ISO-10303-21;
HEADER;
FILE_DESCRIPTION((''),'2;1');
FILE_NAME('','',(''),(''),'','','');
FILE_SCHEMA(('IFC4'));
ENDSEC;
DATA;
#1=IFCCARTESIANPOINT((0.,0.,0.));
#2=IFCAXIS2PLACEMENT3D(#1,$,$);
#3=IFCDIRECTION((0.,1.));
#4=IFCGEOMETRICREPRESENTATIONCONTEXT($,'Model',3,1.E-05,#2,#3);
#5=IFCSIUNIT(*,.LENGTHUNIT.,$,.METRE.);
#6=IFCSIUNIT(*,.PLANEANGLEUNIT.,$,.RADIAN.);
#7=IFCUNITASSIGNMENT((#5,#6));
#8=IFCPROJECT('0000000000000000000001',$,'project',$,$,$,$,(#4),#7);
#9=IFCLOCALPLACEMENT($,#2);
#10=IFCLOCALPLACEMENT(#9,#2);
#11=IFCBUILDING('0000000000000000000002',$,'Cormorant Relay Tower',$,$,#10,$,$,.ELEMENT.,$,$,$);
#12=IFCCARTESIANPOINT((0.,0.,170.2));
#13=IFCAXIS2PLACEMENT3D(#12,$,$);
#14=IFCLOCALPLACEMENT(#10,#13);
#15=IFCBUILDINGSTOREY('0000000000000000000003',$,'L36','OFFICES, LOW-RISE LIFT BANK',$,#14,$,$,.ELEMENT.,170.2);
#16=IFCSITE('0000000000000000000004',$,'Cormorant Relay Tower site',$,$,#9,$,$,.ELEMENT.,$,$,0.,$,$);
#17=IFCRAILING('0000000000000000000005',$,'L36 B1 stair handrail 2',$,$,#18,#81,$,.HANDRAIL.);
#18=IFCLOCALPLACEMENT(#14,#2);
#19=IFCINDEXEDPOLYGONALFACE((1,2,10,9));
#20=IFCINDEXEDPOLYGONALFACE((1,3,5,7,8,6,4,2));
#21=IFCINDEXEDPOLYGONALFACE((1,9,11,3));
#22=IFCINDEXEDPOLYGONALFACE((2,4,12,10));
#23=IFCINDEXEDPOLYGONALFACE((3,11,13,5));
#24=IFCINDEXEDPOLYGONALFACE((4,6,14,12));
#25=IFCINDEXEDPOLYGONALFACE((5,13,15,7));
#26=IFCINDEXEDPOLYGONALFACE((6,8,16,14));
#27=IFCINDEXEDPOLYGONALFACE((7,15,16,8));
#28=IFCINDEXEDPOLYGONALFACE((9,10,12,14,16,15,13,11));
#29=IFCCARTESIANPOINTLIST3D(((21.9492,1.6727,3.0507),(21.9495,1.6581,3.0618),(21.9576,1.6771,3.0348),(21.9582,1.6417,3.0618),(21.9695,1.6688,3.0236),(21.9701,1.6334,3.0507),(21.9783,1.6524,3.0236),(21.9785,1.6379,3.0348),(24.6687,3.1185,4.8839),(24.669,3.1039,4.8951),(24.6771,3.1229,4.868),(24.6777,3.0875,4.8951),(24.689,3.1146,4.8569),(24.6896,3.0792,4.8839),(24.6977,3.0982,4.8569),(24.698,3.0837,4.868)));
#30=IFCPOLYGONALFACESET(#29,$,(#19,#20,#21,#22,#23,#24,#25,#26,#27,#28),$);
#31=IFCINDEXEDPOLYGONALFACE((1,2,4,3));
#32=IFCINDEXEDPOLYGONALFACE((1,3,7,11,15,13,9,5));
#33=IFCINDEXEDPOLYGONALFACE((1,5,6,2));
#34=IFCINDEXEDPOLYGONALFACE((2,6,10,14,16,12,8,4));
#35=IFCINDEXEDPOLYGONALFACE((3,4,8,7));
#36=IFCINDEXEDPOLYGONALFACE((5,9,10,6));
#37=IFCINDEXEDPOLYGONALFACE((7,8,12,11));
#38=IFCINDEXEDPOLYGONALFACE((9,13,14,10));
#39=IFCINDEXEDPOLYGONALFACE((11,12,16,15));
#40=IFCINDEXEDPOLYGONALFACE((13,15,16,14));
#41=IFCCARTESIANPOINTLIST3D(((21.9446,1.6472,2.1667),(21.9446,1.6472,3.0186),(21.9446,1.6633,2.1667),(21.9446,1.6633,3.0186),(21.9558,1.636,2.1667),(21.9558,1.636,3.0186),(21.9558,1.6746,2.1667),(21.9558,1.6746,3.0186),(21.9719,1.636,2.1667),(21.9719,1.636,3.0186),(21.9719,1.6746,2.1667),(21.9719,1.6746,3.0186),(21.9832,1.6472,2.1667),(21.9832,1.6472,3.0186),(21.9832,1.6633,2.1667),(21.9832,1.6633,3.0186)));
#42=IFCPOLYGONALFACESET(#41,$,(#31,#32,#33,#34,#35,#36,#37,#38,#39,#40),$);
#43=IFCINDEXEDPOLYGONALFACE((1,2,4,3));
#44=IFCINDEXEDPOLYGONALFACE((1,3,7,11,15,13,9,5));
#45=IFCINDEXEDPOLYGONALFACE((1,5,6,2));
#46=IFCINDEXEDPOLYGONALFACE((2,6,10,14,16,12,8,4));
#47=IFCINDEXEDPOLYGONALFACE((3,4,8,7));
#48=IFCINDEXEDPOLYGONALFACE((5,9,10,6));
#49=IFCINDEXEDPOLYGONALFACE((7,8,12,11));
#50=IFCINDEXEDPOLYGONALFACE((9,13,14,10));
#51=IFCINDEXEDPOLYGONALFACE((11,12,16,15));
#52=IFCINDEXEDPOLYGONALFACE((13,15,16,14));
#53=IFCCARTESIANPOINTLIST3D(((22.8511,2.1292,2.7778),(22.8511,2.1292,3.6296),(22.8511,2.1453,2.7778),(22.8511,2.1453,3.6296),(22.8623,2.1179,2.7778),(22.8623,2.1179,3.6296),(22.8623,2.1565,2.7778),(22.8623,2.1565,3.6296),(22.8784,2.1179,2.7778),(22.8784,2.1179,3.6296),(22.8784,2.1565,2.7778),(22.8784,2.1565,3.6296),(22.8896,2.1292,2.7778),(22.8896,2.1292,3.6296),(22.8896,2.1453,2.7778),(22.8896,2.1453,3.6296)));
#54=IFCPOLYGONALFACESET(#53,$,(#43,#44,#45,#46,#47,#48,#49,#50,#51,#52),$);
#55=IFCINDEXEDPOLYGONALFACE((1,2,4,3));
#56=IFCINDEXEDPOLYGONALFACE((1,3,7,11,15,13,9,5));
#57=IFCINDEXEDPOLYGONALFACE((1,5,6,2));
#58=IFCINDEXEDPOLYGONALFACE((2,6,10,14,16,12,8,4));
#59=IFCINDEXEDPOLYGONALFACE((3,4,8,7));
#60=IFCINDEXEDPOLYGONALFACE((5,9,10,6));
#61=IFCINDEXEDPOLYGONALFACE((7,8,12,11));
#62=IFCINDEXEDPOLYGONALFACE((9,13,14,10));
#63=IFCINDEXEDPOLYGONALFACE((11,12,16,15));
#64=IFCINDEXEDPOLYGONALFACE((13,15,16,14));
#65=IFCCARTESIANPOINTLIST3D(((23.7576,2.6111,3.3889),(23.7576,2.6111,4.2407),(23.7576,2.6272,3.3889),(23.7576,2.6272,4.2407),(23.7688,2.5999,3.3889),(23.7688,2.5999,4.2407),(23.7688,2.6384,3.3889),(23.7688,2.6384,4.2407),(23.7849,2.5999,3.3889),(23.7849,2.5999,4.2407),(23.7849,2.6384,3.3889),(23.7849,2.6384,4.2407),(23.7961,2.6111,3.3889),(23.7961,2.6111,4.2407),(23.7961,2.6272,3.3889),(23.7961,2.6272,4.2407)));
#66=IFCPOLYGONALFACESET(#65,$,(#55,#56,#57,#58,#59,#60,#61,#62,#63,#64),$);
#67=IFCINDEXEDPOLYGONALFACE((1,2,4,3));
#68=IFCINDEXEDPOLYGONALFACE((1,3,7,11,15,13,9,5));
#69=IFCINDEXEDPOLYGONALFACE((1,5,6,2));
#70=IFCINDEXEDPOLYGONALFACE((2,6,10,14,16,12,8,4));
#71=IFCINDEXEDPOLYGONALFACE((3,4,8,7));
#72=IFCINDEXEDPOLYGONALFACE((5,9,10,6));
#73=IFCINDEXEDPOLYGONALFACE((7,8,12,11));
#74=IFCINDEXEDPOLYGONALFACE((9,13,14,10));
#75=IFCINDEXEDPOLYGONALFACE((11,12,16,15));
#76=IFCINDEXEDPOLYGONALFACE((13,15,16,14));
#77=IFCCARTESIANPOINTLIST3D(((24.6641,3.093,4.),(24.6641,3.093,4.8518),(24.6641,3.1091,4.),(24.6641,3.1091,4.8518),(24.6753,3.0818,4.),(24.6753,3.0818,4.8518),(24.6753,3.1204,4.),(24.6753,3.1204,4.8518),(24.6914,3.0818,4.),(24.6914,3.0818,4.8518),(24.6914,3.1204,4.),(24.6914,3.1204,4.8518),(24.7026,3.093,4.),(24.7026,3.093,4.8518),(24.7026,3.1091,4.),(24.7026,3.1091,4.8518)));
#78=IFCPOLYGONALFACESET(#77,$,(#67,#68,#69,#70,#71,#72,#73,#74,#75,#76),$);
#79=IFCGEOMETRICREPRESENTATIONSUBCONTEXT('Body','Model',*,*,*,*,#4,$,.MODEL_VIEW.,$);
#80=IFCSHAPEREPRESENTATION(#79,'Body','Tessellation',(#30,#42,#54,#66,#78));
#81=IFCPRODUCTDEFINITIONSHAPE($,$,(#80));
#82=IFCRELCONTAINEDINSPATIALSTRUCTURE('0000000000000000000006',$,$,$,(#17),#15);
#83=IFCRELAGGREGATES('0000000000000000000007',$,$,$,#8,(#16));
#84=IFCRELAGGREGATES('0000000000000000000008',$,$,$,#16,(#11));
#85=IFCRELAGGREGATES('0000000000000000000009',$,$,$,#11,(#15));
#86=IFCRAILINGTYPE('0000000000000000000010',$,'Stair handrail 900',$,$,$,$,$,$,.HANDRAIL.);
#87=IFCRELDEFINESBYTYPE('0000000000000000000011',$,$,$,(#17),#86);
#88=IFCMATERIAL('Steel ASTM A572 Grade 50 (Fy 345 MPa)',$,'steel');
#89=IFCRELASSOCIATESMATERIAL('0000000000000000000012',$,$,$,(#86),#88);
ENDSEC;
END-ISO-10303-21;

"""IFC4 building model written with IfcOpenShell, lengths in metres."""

from ifc_helpers import new_model, si_unit, direction, frame, origin, place, context, subcontext, project, spatial, polyline, outline, extrude, material, type_object, element, save


model = new_model("IFC4")

# Units and contexts
model_context = context("Model", 3, precision=1e-05, world=origin(), true_north=direction((0.0, 1.0)))
body_context = subcontext(model_context, "Body", "Model", "MODEL_VIEW")
ifc_project = project(units=[si_unit("LENGTHUNIT", "METRE"), si_unit("PLANEANGLEUNIT", "RADIAN")], contexts=[model_context])

# Site, building, storey
site_placement = place(None, origin())
site = spatial("IfcSite", under=ifc_project, at=site_placement, Name="Cormorant Relay Tower site", CompositionType="ELEMENT", RefElevation=0.0)
building_placement = place(site_placement, origin())
building = spatial("IfcBuilding", under=site, at=building_placement, Name="Cormorant Relay Tower", CompositionType="ELEMENT")
storey_placement = place(building_placement, frame((0.0, 0.0, 170.2)))
storey = spatial("IfcBuildingStorey", under=building, at=storey_placement, Name="L36", Description="OFFICES, LOW-RISE LIFT BANK", CompositionType="ELEMENT", Elevation=170.2)

# Railing
ifc_material_1 = material(Name="Steel ASTM A572 Grade 50 (Fy 345 MPa)", Category="steel")
railing_type_1 = type_object("IfcRailingType", Name="Stair handrail 900", PredefinedType="HANDRAIL", material=ifc_material_1)
railing_1_placement = place(storey_placement, frame((21.9639, 1.6553, 2.1667)))
element("IfcRailing", 1, at=railing_1_placement, inside=storey, type_object=railing_type_1, Name="L36 B1 stair handrail 2", PredefinedType="HANDRAIL", context=body_context, shape_type="SweptSolid", body=[
    extrude(outline(polyline([(0.0222, 0.0093), (0.0093, 0.0222), (-0.0093, 0.0222), (-0.0222, 0.0093), (-0.0222, -0.0093), (-0.0093, -0.0222), (0.0093, -0.0222), (0.0222, -0.0093), (0.0222, 0.0093)])), frame((0.0, 0.0, 0.876), z_axis=(0.758735, 0.403378, 0.511477), x_axis=(-0.469428, 0.882971, 0.0)), (0.0, 0.0, 1.0), 3.5842),
    extrude(outline(polyline([(0.0193, 0.0081), (0.0081, 0.0193), (-0.0081, 0.0193), (-0.0193, 0.0081), (-0.0193, -0.0081), (-0.0081, -0.0193), (0.0081, -0.0193), (0.0193, -0.0081), (0.0193, 0.0081)])), origin(), (0.0, 0.0, 1.0), 0.8518),
    extrude(outline(polyline([(0.0193, 0.0081), (0.0081, 0.0193), (-0.0081, 0.0193), (-0.0193, 0.0081), (-0.0193, -0.0081), (-0.0081, -0.0193), (0.0081, -0.0193), (0.0193, -0.0081), (0.0193, 0.0081)])), frame((0.9065, 0.4819, 0.6111)), (0.0, 0.0, 1.0), 0.8518),
    extrude(outline(polyline([(0.0193, 0.0081), (0.0081, 0.0193), (-0.0081, 0.0193), (-0.0193, 0.0081), (-0.0193, -0.0081), (-0.0081, -0.0193), (0.0081, -0.0193), (0.0193, -0.0081), (0.0193, 0.0081)])), frame((1.813, 0.9639, 1.2222)), (0.0, 0.0, 1.0), 0.8518),
    extrude(outline(polyline([(0.0193, 0.0081), (0.0081, 0.0193), (-0.0081, 0.0193), (-0.0193, 0.0081), (-0.0193, -0.0081), (-0.0081, -0.0193), (0.0081, -0.0193), (0.0193, -0.0081), (0.0193, 0.0081)])), frame((2.7195, 1.4458, 1.8333)), (0.0, 0.0, 1.0), 0.8518),
])

save(model, "model.ifc")
